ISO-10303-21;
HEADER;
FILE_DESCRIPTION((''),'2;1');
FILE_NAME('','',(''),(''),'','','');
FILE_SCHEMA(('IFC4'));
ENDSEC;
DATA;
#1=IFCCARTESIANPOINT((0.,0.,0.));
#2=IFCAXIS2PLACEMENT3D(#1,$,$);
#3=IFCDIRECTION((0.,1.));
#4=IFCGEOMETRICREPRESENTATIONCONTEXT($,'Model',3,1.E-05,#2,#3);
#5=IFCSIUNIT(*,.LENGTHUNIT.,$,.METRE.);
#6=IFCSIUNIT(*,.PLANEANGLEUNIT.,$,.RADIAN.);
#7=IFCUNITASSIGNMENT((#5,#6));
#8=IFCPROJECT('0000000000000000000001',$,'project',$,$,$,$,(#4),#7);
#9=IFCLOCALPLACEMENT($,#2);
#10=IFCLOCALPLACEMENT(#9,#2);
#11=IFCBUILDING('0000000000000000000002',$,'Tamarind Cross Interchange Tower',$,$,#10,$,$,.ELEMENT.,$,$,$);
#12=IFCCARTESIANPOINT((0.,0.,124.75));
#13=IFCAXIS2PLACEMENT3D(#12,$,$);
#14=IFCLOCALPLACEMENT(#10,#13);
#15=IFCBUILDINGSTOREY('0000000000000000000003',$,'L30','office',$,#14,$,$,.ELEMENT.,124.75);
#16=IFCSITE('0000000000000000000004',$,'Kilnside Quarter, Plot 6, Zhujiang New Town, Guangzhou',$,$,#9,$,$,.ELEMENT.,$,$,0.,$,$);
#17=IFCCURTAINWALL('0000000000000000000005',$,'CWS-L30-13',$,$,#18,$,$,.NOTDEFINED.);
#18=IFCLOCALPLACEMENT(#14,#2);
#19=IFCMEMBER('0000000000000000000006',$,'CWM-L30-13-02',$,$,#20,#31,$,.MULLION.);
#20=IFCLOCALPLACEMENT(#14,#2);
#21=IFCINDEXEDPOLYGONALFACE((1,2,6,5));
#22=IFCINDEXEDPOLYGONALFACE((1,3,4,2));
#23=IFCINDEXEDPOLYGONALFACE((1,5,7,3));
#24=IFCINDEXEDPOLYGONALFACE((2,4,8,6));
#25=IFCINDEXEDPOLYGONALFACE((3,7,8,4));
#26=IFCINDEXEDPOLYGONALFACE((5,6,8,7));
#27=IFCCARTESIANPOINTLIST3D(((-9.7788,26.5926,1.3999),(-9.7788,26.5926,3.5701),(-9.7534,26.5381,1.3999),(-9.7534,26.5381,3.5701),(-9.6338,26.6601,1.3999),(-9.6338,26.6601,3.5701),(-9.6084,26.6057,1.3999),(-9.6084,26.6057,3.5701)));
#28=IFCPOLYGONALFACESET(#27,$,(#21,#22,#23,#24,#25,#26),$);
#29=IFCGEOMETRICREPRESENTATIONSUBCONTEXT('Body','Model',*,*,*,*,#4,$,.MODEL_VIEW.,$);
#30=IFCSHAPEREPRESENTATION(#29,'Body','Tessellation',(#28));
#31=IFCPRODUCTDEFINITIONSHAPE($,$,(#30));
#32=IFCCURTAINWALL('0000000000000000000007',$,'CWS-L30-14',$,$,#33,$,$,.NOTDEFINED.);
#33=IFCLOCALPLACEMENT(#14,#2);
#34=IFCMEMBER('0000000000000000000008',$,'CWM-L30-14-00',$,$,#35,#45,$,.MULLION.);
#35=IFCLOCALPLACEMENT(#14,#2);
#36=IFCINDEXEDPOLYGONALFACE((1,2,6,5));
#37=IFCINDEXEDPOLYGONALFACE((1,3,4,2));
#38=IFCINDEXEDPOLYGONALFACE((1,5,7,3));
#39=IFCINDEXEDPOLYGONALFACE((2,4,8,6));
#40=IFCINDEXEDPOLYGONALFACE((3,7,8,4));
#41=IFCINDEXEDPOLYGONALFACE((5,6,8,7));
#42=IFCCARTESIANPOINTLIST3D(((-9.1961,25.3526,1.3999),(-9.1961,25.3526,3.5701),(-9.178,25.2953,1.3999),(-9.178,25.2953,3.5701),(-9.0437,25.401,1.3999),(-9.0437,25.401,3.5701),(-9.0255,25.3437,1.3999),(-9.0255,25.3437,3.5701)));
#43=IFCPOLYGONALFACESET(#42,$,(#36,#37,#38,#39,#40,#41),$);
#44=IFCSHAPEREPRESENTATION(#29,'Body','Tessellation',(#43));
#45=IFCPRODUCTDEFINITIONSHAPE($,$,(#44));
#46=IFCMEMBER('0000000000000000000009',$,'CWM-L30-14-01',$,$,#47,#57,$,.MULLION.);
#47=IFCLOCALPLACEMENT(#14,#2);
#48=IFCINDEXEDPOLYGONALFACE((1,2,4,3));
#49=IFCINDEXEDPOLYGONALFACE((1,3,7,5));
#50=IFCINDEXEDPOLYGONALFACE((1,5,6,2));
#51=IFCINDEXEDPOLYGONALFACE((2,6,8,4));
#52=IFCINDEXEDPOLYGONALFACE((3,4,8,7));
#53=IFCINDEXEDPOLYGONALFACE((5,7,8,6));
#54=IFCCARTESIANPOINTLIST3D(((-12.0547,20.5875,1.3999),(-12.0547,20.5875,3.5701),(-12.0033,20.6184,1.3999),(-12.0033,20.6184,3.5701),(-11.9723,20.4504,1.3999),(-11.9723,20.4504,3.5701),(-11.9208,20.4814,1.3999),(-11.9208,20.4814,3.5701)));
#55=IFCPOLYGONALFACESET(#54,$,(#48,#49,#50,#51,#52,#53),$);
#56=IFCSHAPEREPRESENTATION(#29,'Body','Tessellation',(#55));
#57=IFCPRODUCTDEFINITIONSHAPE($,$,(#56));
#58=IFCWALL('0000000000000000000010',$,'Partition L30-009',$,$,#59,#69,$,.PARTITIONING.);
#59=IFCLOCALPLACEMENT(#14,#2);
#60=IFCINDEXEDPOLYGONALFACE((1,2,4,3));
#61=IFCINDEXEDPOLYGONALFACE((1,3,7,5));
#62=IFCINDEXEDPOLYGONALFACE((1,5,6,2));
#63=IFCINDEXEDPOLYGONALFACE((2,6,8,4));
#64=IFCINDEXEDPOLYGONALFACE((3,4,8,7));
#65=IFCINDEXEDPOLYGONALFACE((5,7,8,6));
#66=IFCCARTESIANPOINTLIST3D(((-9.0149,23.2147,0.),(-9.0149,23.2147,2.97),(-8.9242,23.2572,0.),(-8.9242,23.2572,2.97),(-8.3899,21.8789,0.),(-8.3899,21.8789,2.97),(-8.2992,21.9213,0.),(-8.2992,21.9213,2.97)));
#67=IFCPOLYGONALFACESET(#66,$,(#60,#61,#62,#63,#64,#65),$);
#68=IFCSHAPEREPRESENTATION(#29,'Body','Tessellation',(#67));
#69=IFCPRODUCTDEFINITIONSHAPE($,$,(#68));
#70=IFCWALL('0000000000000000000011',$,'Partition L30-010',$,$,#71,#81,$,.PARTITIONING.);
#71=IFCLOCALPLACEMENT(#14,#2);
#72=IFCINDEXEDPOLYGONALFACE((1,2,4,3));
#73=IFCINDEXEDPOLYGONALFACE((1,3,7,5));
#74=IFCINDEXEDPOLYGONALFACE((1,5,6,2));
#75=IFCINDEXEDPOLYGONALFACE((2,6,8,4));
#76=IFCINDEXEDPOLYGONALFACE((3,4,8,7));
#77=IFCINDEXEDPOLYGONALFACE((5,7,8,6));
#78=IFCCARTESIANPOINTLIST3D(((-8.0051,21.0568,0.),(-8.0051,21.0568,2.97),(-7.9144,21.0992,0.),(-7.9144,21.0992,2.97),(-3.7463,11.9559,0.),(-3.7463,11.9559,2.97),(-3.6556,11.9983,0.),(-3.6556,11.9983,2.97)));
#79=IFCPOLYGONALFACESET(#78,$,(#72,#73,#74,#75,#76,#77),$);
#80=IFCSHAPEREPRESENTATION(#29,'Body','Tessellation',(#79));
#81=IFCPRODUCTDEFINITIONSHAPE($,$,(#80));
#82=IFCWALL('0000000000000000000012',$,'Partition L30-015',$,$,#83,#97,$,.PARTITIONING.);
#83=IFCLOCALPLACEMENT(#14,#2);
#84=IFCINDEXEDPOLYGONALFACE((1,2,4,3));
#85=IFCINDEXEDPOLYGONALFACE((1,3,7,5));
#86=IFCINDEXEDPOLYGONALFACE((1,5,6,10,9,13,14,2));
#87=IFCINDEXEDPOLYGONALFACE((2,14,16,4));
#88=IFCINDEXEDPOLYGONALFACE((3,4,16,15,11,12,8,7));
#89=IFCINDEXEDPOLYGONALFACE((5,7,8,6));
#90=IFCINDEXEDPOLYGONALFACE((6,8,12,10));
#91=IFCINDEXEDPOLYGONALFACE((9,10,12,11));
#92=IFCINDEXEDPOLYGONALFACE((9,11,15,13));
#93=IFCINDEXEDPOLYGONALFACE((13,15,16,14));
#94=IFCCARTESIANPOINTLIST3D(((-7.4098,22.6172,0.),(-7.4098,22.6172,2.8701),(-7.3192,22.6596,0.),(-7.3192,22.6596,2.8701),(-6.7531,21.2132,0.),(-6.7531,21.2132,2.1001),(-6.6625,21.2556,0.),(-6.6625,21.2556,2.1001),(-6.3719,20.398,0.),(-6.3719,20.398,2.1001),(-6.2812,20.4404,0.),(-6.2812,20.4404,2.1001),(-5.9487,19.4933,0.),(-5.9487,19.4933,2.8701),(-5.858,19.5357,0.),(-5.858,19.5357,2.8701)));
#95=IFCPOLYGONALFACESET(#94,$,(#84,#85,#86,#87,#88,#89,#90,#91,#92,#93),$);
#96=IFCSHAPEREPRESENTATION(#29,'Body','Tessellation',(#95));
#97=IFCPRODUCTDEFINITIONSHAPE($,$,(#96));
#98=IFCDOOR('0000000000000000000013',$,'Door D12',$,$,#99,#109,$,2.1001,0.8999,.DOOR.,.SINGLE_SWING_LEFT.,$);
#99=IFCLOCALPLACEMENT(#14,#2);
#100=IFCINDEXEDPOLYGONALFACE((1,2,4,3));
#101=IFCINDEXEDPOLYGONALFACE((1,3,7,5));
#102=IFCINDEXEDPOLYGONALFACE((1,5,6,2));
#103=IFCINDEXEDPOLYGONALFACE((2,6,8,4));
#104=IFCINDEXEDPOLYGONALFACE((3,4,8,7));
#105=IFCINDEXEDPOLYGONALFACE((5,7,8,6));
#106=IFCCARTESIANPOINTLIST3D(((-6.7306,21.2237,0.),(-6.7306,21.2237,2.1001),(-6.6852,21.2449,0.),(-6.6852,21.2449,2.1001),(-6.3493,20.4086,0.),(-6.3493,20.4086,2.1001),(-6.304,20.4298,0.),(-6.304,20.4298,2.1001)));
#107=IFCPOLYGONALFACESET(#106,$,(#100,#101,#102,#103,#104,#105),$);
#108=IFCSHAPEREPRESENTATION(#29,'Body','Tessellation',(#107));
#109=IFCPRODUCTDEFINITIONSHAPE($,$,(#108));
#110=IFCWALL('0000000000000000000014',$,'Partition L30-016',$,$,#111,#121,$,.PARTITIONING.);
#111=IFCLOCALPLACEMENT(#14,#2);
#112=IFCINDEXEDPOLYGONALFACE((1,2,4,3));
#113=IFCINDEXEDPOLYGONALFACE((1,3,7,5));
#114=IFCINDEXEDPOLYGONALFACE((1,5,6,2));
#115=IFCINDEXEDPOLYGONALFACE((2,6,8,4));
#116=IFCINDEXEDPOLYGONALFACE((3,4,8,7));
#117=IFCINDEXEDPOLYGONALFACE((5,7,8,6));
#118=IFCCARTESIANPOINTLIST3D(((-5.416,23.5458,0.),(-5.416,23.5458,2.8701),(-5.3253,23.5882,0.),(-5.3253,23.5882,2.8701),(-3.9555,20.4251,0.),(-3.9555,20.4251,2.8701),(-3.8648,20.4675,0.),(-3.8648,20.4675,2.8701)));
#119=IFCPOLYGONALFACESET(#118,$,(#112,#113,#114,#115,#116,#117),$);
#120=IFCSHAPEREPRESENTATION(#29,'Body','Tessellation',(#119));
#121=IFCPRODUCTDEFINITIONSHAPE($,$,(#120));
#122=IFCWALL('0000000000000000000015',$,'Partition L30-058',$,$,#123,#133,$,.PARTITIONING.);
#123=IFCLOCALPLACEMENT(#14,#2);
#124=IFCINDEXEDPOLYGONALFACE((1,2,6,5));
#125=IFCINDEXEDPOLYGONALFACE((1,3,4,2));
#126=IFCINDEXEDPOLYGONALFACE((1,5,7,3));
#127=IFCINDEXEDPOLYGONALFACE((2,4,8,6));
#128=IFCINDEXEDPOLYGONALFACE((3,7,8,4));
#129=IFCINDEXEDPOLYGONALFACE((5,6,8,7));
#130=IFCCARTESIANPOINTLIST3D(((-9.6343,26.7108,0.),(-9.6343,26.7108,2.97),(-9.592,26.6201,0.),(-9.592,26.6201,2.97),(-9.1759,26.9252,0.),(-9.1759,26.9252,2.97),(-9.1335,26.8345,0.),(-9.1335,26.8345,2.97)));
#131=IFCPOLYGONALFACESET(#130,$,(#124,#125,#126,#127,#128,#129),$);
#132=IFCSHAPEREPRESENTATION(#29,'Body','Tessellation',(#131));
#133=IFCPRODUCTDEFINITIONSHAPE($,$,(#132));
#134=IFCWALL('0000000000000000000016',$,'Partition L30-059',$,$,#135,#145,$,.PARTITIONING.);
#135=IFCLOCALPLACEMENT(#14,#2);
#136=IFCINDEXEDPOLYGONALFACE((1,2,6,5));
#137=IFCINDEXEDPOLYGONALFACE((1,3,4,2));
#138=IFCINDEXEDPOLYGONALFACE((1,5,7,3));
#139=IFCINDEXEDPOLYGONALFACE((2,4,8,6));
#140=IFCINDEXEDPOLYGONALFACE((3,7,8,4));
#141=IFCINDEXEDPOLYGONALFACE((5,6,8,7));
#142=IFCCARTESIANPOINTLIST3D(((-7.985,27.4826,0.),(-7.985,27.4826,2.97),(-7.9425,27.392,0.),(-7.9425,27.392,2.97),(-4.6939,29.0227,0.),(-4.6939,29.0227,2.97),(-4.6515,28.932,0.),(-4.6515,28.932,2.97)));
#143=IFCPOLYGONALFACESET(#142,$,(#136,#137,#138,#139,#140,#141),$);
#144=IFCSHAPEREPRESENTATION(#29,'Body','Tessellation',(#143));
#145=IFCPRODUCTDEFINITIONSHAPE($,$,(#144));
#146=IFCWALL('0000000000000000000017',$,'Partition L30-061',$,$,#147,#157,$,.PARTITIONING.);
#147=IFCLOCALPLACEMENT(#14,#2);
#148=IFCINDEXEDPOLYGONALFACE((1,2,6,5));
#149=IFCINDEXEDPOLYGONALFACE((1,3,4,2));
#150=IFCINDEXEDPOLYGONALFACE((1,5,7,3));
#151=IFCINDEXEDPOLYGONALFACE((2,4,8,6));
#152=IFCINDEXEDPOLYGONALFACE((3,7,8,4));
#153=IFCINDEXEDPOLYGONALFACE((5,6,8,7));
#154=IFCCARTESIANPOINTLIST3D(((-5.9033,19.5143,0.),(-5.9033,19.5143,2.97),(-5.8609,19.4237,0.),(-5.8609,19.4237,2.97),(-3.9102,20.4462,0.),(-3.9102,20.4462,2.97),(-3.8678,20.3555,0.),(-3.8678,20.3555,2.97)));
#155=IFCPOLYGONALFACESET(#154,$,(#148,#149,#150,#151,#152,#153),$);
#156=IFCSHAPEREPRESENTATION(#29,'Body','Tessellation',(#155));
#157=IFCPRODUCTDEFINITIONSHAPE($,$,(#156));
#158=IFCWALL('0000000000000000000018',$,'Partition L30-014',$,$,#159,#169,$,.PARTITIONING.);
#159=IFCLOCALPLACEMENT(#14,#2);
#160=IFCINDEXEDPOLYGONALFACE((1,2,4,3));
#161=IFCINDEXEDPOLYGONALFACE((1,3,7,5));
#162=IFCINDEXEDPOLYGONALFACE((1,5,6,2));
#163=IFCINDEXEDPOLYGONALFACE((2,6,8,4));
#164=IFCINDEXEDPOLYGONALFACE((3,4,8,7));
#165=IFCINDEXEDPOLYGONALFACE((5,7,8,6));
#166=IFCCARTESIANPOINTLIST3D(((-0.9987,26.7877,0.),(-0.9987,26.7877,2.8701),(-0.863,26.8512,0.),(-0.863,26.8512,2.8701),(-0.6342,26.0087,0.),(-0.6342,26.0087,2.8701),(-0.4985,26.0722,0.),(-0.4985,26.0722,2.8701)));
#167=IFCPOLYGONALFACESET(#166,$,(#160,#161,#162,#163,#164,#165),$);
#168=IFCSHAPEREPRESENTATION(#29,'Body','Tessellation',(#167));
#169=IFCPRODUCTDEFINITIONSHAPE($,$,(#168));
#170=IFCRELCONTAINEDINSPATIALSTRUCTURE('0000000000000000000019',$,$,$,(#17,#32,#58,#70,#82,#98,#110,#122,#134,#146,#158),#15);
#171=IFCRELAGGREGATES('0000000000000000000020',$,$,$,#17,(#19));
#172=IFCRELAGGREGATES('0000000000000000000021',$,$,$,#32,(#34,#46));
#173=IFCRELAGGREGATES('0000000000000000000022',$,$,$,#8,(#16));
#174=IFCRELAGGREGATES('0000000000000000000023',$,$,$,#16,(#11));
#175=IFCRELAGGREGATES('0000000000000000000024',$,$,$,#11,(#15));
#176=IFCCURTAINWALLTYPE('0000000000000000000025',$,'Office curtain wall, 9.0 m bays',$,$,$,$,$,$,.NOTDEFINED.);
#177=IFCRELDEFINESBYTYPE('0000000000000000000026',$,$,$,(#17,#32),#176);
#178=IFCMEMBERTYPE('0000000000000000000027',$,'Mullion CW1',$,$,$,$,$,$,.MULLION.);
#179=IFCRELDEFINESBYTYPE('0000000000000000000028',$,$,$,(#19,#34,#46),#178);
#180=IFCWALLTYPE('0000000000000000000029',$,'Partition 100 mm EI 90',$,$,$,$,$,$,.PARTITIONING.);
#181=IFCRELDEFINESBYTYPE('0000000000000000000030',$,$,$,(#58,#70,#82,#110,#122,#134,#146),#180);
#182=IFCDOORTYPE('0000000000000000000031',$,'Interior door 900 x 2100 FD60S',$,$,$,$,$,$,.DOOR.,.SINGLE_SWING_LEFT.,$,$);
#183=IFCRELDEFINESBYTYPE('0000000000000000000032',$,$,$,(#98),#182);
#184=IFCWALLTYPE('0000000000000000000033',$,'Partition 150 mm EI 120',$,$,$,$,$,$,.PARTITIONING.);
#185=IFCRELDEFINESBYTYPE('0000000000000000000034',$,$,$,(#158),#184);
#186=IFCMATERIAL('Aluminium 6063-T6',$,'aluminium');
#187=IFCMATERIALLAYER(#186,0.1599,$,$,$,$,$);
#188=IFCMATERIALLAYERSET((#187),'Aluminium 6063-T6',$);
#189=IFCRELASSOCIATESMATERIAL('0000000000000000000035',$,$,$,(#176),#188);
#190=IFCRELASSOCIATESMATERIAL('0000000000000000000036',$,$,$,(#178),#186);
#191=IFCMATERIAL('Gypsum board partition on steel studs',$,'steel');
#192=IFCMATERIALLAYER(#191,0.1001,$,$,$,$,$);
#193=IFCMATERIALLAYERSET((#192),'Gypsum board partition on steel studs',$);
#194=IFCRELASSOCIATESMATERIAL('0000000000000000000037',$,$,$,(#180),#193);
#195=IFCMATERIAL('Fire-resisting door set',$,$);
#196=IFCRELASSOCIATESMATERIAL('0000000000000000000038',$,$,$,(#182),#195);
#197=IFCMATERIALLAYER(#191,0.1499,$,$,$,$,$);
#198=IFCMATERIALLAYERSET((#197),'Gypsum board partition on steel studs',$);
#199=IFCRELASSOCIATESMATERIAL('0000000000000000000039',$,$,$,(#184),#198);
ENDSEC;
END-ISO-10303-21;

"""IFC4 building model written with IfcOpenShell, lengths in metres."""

from ifc_helpers import new_model, si_unit, direction, frame, frame_2d, origin, origin_2d, place, context, subcontext, project, spatial, rectangle, extrude, material, layer, layer_set, material_profile, profile_set, type_object, element, fill, aggregate, save


model = new_model("IFC4")

# Units and contexts
model_context = context("Model", 3, precision=1e-05, world=origin(), true_north=direction((0.0, 1.0)))
body_context = subcontext(model_context, "Body", "Model", "MODEL_VIEW")
ifc_project = project(units=[si_unit("LENGTHUNIT", "METRE"), si_unit("PLANEANGLEUNIT", "RADIAN")], contexts=[model_context])

# Site, building, storey
site_placement = place(None, origin())
site = spatial("IfcSite", under=ifc_project, at=site_placement, Name="Kilnside Quarter, Plot 6, Zhujiang New Town, Guangzhou", CompositionType="ELEMENT", RefElevation=0.0)
building_placement = place(site_placement, origin())
building = spatial("IfcBuilding", under=site, at=building_placement, Name="Tamarind Cross Interchange Tower", CompositionType="ELEMENT")
storey_placement = place(building_placement, frame((0.0, 0.0, 124.75)))
storey = spatial("IfcBuildingStorey", under=building, at=storey_placement, Name="L30", Description="office", CompositionType="ELEMENT", Elevation=124.75)

# Curtain wall, member
ifc_material_1 = material(Name="Aluminium 6063-T6", Category="aluminium")
ifc_layer_1 = layer(ifc_material_1, 0.1599)
ifc_layer_set_1 = layer_set([ifc_layer_1], Name="Aluminium 6063-T6")
curtain_wall_type = type_object("IfcCurtainWallType", Name="Office curtain wall, 9.0 m bays", PredefinedType="NOTDEFINED", material=ifc_layer_set_1)
curtain_wall_1_placement = place(storey_placement, origin())
curtain_wall_1 = element("IfcCurtainWall", 1, at=curtain_wall_1_placement, inside=storey, type_object=curtain_wall_type, Name="CWS-L30-13", PredefinedType="NOTDEFINED")
ifc_material_profile_1 = material_profile(ifc_material_1, rectangle(XDim=0.0601, YDim=0.1599, at=origin_2d()), Name="Mullion CW1")
ifc_profile_set_1 = profile_set([ifc_material_profile_1], Name="Aluminium 6063-T6")
member_type = type_object("IfcMemberType", Name="Mullion CW1", PredefinedType="MULLION", material=ifc_profile_set_1)
member_1_placement = place(storey_placement, frame((-9.6936, 26.5991, 1.3999), z_axis=(0.0, 0.0, 1.0), x_axis=(0.422174, -0.906515, 0.0)))
member_1 = element("IfcMember", 2, at=member_1_placement, type_object=member_type, Name="CWM-L30-13-02", PredefinedType="MULLION", context=body_context, shape_type="SweptSolid", body=[
    extrude(rectangle(XDim=0.0601, YDim=0.1599, at=origin_2d()), origin(), (0.0, 0.0, 1.0), 2.1702),
])
aggregate(curtain_wall_1, [member_1])

# Curtain wall, members
curtain_wall_2_placement = place(storey_placement, origin())
curtain_wall_2 = element("IfcCurtainWall", 3, at=curtain_wall_2_placement, inside=storey, type_object=curtain_wall_type, Name="CWS-L30-14", PredefinedType="NOTDEFINED")
member_2_placement = place(storey_placement, frame((-9.1108, 25.3481, 1.3999), z_axis=(0.0, 0.0, 1.0), x_axis=(0.302453, -0.953164, 0.0)))
member_2 = element("IfcMember", 4, at=member_2_placement, type_object=member_type, Name="CWM-L30-14-00", PredefinedType="MULLION", context=body_context, shape_type="SweptSolid", body=[
    extrude(rectangle(XDim=0.0601, YDim=0.1599, at=origin_2d()), origin(), (0.0, 0.0, 1.0), 2.1702),
])
member_3_placement = place(storey_placement, frame((-11.9878, 20.5344, 1.3999), z_axis=(0.0, 0.0, 1.0), x_axis=(-0.856843, -0.515577, 0.0)))
member_3 = element("IfcMember", 5, at=member_3_placement, type_object=member_type, Name="CWM-L30-14-01", PredefinedType="MULLION", context=body_context, shape_type="SweptSolid", body=[
    extrude(rectangle(XDim=0.0601, YDim=0.1599, at=origin_2d()), origin(), (0.0, 0.0, 1.0), 2.1702),
])
aggregate(curtain_wall_2, [member_2, member_3])

# Walls
ifc_material_2 = material(Name="Gypsum board partition on steel studs", Category="steel")
ifc_layer_2 = layer(ifc_material_2, 0.1001)
ifc_layer_set_2 = layer_set([ifc_layer_2], Name="Gypsum board partition on steel studs")
wall_type_1 = type_object("IfcWallType", Name="Partition 100 mm EI 90", PredefinedType="PARTITIONING", material=ifc_layer_set_2)
wall_1_placement = place(storey_placement, frame((-8.9695, 23.2358, 0.0), z_axis=(0.0, 0.0, 1.0), x_axis=(0.423755, -0.905777, 0.0)))
element("IfcWall", 6, at=wall_1_placement, inside=storey, type_object=wall_type_1, Name="Partition L30-009", PredefinedType="PARTITIONING", context=body_context, shape_type="SweptSolid", body=[
    extrude(rectangle(XDim=1.4749, YDim=0.1001, at=frame_2d((0.7373, 0.0))), origin(), (0.0, 0.0, 1.0), 2.97),
])
wall_2_placement = place(storey_placement, frame((-7.9597, 21.0779, 0.0), z_axis=(0.0, 0.0, 1.0), x_axis=(0.423844, -0.905735, 0.0)))
element("IfcWall", 7, at=wall_2_placement, inside=storey, type_object=wall_type_1, Name="Partition L30-010", PredefinedType="PARTITIONING", context=body_context, shape_type="SweptSolid", body=[
    extrude(rectangle(XDim=10.0481, YDim=0.1001, at=frame_2d((5.0239, 0.0))), origin(), (0.0, 0.0, 1.0), 2.97),
])

# Wall, opening, door
wall_3_placement = place(storey_placement, frame((-7.3645, 22.6384, 0.0), z_axis=(0.0, 0.0, 1.0), x_axis=(0.423672, -0.905816, 0.0)))
wall_3 = element("IfcWall", 8, at=wall_3_placement, inside=storey, type_object=wall_type_1, Name="Partition L30-015", PredefinedType="PARTITIONING", context=body_context, shape_type="SweptSolid", body=[
    extrude(rectangle(XDim=3.4487, YDim=0.1001, at=frame_2d((1.7244, 0.0))), origin(), (0.0, 0.0, 1.0), 2.8701),
])
opening_1_placement = place(wall_3_placement, frame((1.55, 0.0, 0.0)))
opening_1 = element("IfcOpeningElement", 9, at=opening_1_placement, cuts=wall_3, PredefinedType="OPENING", context=body_context, shape_type="SweptSolid", body=[
    extrude(rectangle(XDim=0.8999, YDim=2.1001, at=frame_2d((0.45, 1.05))), frame((0.0, 0.0601, 0.0), z_axis=(0.0, -1.0, 0.0), x_axis=(1.0, 0.0, 0.0)), (0.0, 0.0, 1.0), 0.1201),
])
ifc_material_3 = material(Name="Fire-resisting door set")
door_type_1 = type_object("IfcDoorType", Name="Interior door 900 x 2100 FD60S", OperationType="SINGLE_SWING_LEFT", PredefinedType="DOOR", material=ifc_material_3)
door_1_placement = place(opening_1_placement, origin())
door_1 = element("IfcDoor", 10, at=door_1_placement, inside=storey, type_object=door_type_1, Name="Door D12", OperationType="SINGLE_SWING_LEFT", OverallHeight=2.1001, OverallWidth=0.8999, PredefinedType="DOOR", context=body_context, shape_type="SweptSolid", body=[
    extrude(rectangle(XDim=0.8999, YDim=2.1001, at=frame_2d((0.45, 1.05))), frame((0.0, 0.0249, 0.0), z_axis=(0.0, -1.0, 0.0), x_axis=(1.0, 0.0, 0.0)), (0.0, 0.0, 1.0), 0.05),
])
fill(opening_1, door_1)

# Walls
wall_4_placement = place(storey_placement, frame((-5.3706, 23.5669, 0.0), z_axis=(0.0, 0.0, 1.0), x_axis=(0.423878, -0.905719, 0.0)))
element("IfcWall", 11, at=wall_4_placement, inside=storey, type_object=wall_type_1, Name="Partition L30-016", PredefinedType="PARTITIONING", context=body_context, shape_type="SweptSolid", body=[
    extrude(rectangle(XDim=3.4456, YDim=0.1001, at=frame_2d((1.7227, 0.0))), origin(), (0.0, 0.0, 1.0), 2.8701),
])
wall_5_placement = place(storey_placement, frame((-9.613, 26.6655, 0.0), z_axis=(0.0, 0.0, 1.0), x_axis=(0.905887, 0.423519, 0.0)))
element("IfcWall", 12, at=wall_5_placement, inside=storey, type_object=wall_type_1, Name="Partition L30-058", PredefinedType="PARTITIONING", context=body_context, shape_type="SweptSolid", body=[
    extrude(rectangle(XDim=0.5061, YDim=0.1001, at=frame_2d((0.2529, 0.0))), origin(), (0.0, 0.0, 1.0), 2.97),
])
wall_6_placement = place(storey_placement, frame((-7.9639, 27.4373, 0.0), z_axis=(0.0, 0.0, 1.0), x_axis=(0.905736, 0.423842, 0.0)))
element("IfcWall", 13, at=wall_6_placement, inside=storey, type_object=wall_type_1, Name="Partition L30-059", PredefinedType="PARTITIONING", context=body_context, shape_type="SweptSolid", body=[
    extrude(rectangle(XDim=3.6335, YDim=0.1001, at=frame_2d((1.8169, 0.0))), origin(), (0.0, 0.0, 1.0), 2.97),
])
wall_7_placement = place(storey_placement, frame((-5.8821, 19.469, 0.0), z_axis=(0.0, 0.0, 1.0), x_axis=(0.90588, 0.423535, 0.0)))
element("IfcWall", 14, at=wall_7_placement, inside=storey, type_object=wall_type_1, Name="Partition L30-061", PredefinedType="PARTITIONING", context=body_context, shape_type="SweptSolid", body=[
    extrude(rectangle(XDim=2.2002, YDim=0.1001, at=frame_2d((1.1001, 0.0))), origin(), (0.0, 0.0, 1.0), 2.97),
])
ifc_layer_3 = layer(ifc_material_2, 0.1499)
ifc_layer_set_3 = layer_set([ifc_layer_3], Name="Gypsum board partition on steel studs")
wall_type_2 = type_object("IfcWallType", Name="Partition 150 mm EI 120", PredefinedType="PARTITIONING", material=ifc_layer_set_3)
wall_8_placement = place(storey_placement, frame((-0.9309, 26.8196, 0.0), z_axis=(0.0, 0.0, 1.0), x_axis=(0.423787, -0.905762, 0.0)))
element("IfcWall", 15, at=wall_8_placement, inside=storey, type_object=wall_type_2, Name="Partition L30-014", PredefinedType="PARTITIONING", context=body_context, shape_type="SweptSolid", body=[
    extrude(rectangle(XDim=0.8601, YDim=0.1499, at=frame_2d((0.4302, 0.0))), origin(), (0.0, 0.0, 1.0), 2.8701),
])

save(model, "model.ifc")
